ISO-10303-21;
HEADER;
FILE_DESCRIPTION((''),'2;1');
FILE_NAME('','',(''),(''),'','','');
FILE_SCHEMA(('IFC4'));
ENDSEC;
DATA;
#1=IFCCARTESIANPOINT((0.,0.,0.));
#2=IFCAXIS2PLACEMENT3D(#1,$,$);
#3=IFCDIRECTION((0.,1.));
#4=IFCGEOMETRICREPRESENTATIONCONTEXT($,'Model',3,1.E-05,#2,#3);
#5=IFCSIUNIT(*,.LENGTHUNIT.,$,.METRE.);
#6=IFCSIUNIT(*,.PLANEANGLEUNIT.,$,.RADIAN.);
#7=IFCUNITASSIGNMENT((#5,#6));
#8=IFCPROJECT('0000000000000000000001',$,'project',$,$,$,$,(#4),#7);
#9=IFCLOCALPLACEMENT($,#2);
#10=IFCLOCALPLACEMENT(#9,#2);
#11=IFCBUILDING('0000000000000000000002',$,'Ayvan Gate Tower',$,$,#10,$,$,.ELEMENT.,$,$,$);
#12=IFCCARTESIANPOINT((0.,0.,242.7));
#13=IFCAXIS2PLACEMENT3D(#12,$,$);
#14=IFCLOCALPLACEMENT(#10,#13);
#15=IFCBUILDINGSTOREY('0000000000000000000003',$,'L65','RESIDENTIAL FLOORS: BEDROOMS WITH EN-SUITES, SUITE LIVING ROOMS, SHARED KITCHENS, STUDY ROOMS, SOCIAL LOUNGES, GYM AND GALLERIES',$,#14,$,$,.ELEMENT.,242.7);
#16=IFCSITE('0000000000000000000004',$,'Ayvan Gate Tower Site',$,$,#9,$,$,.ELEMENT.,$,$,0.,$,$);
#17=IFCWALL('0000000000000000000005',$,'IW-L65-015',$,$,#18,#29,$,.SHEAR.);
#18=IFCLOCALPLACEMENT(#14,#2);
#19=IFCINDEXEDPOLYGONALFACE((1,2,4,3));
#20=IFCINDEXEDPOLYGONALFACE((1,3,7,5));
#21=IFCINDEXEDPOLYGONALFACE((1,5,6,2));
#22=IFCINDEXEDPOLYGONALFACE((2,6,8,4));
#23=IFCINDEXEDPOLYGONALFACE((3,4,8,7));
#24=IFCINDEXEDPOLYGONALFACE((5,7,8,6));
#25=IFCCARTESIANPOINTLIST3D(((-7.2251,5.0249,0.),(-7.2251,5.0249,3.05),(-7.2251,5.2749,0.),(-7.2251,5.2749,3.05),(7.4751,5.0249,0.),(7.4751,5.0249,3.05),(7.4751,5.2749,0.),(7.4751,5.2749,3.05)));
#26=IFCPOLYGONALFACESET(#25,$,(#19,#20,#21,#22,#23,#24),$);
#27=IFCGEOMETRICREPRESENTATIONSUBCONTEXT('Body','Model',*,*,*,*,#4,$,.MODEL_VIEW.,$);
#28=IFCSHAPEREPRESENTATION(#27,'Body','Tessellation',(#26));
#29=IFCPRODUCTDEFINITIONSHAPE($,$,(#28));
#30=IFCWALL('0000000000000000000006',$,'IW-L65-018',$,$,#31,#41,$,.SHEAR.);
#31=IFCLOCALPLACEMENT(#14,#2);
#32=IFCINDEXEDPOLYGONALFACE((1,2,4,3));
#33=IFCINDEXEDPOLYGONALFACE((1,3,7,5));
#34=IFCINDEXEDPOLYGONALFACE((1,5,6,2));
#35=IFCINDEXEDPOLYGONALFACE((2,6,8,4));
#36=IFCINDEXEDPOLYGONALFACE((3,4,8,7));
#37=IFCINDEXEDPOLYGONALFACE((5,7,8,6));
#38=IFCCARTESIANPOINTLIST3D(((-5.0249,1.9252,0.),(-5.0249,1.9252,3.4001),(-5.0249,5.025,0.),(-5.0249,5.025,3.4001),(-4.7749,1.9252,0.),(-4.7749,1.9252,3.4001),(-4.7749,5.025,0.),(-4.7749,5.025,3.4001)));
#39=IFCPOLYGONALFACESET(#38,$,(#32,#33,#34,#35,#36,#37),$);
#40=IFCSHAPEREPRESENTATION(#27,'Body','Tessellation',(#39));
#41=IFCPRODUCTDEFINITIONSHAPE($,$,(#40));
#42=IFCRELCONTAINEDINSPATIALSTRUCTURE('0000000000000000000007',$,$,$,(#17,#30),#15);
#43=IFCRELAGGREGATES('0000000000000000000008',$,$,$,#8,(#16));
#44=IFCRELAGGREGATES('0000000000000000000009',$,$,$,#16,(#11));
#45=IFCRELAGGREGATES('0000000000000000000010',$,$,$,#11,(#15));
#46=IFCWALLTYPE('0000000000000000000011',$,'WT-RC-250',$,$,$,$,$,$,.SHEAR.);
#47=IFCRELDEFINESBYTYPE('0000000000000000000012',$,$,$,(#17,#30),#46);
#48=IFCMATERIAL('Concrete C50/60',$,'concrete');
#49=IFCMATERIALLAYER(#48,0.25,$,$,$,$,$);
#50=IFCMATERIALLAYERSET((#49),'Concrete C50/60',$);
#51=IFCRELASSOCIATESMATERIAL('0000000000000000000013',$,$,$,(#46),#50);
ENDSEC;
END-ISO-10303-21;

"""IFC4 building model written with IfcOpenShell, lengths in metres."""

from ifc_helpers import new_model, si_unit, direction, frame, frame_2d, origin, place, context, subcontext, project, spatial, rectangle, extrude, material, layer, layer_set, type_object, element, save


model = new_model("IFC4")

# Units and contexts
model_context = context("Model", 3, precision=1e-05, world=origin(), true_north=direction((0.0, 1.0)))
body_context = subcontext(model_context, "Body", "Model", "MODEL_VIEW")
ifc_project = project(units=[si_unit("LENGTHUNIT", "METRE"), si_unit("PLANEANGLEUNIT", "RADIAN")], contexts=[model_context])

# Site, building, storey
site_placement = place(None, origin())
site = spatial("IfcSite", under=ifc_project, at=site_placement, Name="Ayvan Gate Tower Site", CompositionType="ELEMENT", RefElevation=0.0)
building_placement = place(site_placement, origin())
building = spatial("IfcBuilding", under=site, at=building_placement, Name="Ayvan Gate Tower", CompositionType="ELEMENT")
storey_placement = place(building_placement, frame((0.0, 0.0, 242.7)))
storey = spatial("IfcBuildingStorey", under=building, at=storey_placement, Name="L65", Description="RESIDENTIAL FLOORS: BEDROOMS WITH EN-SUITES, SUITE LIVING ROOMS, SHARED KITCHENS, STUDY ROOMS, SOCIAL LOUNGES, GYM AND GALLERIES", CompositionType="ELEMENT", Elevation=242.7)

# Shared definitions
ifc_material_1 = material(Name="Concrete C50/60", Category="concrete")

# Shared definitions
ifc_layer_1 = layer(ifc_material_1, 0.25)
ifc_layer_set_1 = layer_set([ifc_layer_1], Name="Concrete C50/60")
wall_type_1 = type_object("IfcWallType", Name="WT-RC-250", PredefinedType="SHEAR", material=ifc_layer_set_1)

# Walls
wall_1_placement = place(storey_placement, frame((-7.2251, 5.1499, 0.0), z_axis=(0.0, 0.0, 1.0), x_axis=(1.0, 0.0, 0.0)))
element("IfcWall", 1, at=wall_1_placement, inside=storey, type_object=wall_type_1, Name="IW-L65-015", PredefinedType="SHEAR", context=body_context, shape_type="SweptSolid", body=[
    extrude(rectangle(XDim=14.7002, YDim=0.25, at=frame_2d((7.3501, 0.0))), origin(), (0.0, 0.0, 1.0), 3.05),
])
wall_2_placement = place(storey_placement, frame((-4.8999, 5.0249, 0.0), z_axis=(0.0, 0.0, 1.0), x_axis=(0.0, -1.0, 0.0)))
element("IfcWall", 2, at=wall_2_placement, inside=storey, type_object=wall_type_1, Name="IW-L65-018", PredefinedType="SHEAR", context=body_context, shape_type="SweptSolid", body=[
    extrude(rectangle(XDim=3.0999, YDim=0.25, at=frame_2d((1.5498, 0.0))), origin(), (0.0, 0.0, 1.0), 3.4001),
])

save(model, "model.ifc")
